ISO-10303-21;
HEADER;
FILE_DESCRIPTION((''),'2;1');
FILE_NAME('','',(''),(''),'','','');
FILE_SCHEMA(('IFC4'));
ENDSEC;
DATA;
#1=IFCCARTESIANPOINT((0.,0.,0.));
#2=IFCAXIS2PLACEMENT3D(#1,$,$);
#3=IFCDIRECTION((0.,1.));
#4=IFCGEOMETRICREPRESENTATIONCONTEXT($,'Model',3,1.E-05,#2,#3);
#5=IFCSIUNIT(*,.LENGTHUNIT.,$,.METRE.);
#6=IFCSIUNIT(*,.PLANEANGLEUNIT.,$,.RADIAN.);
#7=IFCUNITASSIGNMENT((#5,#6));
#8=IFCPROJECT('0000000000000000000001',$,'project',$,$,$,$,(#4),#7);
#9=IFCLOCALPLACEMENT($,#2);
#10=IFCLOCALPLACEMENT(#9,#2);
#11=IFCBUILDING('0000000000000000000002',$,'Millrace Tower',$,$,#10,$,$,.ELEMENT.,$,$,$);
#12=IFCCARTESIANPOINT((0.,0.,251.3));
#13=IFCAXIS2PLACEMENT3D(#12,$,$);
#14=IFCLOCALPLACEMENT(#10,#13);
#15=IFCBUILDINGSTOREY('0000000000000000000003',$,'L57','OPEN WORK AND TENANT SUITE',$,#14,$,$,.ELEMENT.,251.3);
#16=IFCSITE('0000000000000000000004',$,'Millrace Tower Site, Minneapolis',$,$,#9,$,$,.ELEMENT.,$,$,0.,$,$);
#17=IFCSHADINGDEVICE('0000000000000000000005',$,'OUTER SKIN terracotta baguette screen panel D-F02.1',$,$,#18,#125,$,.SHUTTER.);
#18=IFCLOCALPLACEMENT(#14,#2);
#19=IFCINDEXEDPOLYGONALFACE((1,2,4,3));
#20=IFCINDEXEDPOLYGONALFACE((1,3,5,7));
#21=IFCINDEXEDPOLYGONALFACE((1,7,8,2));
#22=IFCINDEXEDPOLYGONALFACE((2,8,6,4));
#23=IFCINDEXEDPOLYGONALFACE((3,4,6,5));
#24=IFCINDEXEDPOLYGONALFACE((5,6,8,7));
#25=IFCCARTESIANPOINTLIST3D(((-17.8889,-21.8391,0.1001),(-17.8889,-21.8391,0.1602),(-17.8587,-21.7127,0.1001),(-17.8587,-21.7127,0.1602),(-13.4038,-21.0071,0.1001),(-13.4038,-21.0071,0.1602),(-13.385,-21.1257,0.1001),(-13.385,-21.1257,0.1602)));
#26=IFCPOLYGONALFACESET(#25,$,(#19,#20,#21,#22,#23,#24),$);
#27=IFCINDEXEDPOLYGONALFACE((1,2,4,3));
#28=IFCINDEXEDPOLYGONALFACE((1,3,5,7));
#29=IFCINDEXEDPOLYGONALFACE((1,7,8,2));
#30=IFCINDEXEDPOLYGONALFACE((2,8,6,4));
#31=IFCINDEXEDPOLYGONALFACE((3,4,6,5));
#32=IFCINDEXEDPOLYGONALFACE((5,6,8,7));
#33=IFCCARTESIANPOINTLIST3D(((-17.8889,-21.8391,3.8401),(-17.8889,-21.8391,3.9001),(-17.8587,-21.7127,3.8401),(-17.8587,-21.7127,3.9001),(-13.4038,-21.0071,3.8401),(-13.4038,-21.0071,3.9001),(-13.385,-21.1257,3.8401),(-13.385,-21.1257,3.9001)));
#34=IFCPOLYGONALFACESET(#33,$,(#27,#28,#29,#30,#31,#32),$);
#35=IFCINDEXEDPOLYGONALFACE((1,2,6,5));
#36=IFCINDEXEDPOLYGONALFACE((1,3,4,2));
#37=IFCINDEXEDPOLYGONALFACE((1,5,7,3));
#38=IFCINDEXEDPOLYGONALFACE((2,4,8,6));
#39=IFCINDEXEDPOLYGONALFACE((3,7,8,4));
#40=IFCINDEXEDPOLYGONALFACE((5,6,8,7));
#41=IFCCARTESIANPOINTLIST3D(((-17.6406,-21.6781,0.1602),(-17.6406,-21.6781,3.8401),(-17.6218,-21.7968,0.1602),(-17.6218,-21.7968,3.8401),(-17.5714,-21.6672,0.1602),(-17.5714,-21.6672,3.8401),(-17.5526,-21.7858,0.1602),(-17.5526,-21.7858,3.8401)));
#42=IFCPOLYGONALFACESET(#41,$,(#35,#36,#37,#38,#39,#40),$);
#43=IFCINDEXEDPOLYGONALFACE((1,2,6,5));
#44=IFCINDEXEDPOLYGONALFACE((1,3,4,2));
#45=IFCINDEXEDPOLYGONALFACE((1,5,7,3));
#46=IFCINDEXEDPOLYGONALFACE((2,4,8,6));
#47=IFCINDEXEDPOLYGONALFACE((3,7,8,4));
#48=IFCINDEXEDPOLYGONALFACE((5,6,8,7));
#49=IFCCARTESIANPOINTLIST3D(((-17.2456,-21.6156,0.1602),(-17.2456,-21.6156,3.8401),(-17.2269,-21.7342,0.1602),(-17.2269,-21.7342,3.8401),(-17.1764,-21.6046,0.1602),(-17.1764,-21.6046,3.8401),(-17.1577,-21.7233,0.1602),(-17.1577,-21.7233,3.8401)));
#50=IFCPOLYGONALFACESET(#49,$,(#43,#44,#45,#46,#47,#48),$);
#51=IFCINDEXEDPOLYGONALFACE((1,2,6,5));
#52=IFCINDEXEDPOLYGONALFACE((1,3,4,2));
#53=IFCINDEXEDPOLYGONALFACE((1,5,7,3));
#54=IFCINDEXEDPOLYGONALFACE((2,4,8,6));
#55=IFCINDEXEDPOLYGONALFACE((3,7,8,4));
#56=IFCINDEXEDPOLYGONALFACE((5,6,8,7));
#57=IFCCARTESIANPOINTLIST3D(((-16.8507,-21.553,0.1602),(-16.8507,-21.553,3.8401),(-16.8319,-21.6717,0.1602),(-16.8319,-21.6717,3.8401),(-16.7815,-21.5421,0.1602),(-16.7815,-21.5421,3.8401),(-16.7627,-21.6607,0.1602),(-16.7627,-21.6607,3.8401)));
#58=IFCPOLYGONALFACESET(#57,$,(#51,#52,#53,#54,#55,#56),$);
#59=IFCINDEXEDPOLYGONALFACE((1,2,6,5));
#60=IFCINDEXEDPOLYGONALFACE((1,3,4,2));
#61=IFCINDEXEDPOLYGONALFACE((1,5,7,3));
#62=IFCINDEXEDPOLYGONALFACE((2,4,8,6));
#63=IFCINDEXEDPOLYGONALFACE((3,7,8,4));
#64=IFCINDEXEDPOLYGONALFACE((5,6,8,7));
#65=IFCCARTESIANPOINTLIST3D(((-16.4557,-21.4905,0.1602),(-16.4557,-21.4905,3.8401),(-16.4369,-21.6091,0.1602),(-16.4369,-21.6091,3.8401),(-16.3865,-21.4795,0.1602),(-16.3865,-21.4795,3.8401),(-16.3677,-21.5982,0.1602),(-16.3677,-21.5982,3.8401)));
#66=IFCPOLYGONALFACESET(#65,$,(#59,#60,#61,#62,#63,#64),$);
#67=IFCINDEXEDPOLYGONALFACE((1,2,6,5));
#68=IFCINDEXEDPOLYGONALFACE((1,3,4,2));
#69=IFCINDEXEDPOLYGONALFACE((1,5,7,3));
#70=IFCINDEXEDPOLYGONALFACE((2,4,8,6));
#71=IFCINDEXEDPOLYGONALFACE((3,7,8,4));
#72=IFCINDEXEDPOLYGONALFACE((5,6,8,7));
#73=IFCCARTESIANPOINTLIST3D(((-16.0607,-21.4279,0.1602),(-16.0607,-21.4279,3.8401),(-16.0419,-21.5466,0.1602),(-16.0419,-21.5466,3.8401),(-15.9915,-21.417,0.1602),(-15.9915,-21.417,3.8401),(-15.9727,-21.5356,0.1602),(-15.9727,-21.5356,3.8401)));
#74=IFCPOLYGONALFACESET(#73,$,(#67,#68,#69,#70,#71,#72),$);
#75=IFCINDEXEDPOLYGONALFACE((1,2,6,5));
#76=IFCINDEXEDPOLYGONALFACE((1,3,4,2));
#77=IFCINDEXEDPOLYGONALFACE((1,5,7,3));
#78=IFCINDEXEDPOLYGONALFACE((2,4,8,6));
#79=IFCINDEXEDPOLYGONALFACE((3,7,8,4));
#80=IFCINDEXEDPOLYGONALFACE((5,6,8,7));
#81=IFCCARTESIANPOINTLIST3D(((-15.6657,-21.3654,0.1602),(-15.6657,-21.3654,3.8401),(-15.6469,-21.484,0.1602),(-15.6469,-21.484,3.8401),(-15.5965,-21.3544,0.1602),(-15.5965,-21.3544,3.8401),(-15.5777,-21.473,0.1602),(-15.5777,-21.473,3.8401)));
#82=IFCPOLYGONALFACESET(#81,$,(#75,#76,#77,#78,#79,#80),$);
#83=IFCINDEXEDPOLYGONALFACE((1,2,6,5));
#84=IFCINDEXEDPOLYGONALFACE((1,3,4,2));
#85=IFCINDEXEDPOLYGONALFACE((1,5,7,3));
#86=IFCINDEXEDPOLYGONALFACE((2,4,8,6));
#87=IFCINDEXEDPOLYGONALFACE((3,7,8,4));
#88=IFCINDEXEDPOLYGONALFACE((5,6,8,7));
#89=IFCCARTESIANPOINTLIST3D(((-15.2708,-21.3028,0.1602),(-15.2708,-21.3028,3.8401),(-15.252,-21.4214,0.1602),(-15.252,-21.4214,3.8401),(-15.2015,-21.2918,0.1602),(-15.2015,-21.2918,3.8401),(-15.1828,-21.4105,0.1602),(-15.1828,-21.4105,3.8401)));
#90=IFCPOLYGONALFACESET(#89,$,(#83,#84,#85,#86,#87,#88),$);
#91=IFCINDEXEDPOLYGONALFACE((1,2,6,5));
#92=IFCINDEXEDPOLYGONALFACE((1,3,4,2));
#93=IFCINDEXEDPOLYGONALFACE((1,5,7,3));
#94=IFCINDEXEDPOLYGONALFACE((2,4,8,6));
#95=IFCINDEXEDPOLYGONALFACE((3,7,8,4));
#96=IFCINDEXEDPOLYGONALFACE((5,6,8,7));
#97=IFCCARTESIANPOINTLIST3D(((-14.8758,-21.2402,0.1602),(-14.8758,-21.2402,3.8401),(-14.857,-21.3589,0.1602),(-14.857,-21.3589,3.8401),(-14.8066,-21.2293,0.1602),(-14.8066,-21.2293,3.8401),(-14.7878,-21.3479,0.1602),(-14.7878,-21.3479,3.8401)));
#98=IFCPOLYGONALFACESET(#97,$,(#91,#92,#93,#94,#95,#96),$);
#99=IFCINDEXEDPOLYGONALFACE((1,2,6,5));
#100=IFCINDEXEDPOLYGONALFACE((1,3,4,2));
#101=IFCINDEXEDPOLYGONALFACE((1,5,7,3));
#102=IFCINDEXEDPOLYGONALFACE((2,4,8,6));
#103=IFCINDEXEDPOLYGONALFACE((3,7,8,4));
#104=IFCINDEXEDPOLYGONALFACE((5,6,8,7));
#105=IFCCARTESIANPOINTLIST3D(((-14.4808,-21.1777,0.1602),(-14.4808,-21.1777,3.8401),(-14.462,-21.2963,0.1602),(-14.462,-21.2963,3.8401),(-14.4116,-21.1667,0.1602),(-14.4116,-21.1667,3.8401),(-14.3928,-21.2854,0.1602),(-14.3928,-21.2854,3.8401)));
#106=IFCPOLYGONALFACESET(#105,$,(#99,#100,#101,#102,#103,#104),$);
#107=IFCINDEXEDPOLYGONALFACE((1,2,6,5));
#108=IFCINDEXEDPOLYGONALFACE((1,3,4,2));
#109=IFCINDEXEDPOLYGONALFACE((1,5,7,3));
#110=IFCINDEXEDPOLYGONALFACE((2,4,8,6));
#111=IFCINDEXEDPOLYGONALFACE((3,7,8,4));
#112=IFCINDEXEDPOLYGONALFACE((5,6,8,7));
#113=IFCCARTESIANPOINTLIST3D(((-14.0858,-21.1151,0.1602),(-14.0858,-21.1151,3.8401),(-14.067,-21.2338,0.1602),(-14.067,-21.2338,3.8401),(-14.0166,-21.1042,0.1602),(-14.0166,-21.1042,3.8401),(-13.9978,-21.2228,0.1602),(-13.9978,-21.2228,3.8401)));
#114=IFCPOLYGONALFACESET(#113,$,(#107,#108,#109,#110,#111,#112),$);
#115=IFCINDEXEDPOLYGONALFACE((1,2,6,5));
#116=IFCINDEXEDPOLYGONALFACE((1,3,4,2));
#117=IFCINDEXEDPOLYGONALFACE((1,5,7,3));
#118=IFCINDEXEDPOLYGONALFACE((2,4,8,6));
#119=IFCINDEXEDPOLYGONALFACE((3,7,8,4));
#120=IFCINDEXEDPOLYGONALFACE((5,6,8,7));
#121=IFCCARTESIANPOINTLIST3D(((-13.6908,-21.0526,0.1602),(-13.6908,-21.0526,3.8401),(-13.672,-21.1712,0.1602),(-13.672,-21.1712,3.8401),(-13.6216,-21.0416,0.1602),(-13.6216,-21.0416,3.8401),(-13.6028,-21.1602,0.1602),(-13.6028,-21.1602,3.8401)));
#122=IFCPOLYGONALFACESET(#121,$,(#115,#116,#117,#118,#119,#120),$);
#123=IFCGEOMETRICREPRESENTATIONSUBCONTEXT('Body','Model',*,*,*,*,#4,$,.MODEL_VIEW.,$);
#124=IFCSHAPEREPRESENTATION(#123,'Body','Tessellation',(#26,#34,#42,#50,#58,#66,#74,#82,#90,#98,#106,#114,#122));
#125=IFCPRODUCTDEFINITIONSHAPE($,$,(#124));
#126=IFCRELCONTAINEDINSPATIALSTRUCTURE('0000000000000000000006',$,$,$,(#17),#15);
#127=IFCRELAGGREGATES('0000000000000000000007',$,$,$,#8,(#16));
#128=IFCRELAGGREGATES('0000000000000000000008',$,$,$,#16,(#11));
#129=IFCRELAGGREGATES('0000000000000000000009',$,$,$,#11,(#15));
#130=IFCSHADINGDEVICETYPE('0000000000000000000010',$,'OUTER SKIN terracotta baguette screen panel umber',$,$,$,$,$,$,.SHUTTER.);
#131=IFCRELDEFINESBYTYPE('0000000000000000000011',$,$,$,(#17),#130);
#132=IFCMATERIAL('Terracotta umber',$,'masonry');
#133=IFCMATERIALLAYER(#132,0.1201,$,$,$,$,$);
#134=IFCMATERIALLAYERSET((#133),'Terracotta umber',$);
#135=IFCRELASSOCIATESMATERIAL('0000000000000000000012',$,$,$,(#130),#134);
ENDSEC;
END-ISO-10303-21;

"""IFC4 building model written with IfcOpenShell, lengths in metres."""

from ifc_helpers import new_model, entity, si_unit, direction, frame, frame_2d, origin, place, context, subcontext, project, spatial, rectangle, extrude, source, transform, mapped, material, layer, layer_set, type_object, element, save


model = new_model("IFC4")

# Units and contexts
model_context = context("Model", 3, precision=1e-05, world=origin(), true_north=direction((0.0, 1.0)))
body_context = subcontext(model_context, "Body", "Model", "MODEL_VIEW")
ifc_project = project(units=[si_unit("LENGTHUNIT", "METRE"), si_unit("PLANEANGLEUNIT", "RADIAN")], contexts=[model_context])

# Site, building, storey
site_placement = place(None, origin())
site = spatial("IfcSite", under=ifc_project, at=site_placement, Name="Millrace Tower Site, Minneapolis", CompositionType="ELEMENT", RefElevation=0.0)
building_placement = place(site_placement, origin())
building = spatial("IfcBuilding", under=site, at=building_placement, Name="Millrace Tower", CompositionType="ELEMENT")
storey_placement = place(building_placement, frame((0.0, 0.0, 251.3)))
storey = spatial("IfcBuildingStorey", under=building, at=storey_placement, Name="L57", Description="OPEN WORK AND TENANT SUITE", CompositionType="ELEMENT", Elevation=251.3)

# Shading device
ifc_material_1 = material(Name="Terracotta umber", Category="masonry")
ifc_layer_1 = layer(ifc_material_1, 0.1201)
ifc_layer_set_1 = layer_set([ifc_layer_1], Name="Terracotta umber")
shading_device_type = type_object("IfcShadingDeviceType", Name="OUTER SKIN terracotta baguette screen panel umber", PredefinedType="SHUTTER", material=ifc_layer_set_1)
cartesian_point_1 = entity("IfcCartesianPoint", [-2.2429, 0.0601])
shared_polyline_1 = entity("IfcPolyline", [cartesian_point_1, entity("IfcCartesianPoint", [2.2676, 0.0601]), entity("IfcCartesianPoint", [2.2676, -0.0601]), entity("IfcCartesianPoint", [-2.2925, -0.0601]), cartesian_point_1])
shared_shape_1 = source(origin(), body_context, "Body", "SweptSolid", [
    entity("IfcExtrudedAreaSolid", entity("IfcArbitraryClosedProfileDef", "AREA", None, shared_polyline_1), entity("IfcAxis2Placement3D", entity("IfcCartesianPoint", [0.0, 0.0, 0.0])), entity("IfcDirection", [0.0, 0.0, 1.0]), 0.0601),
    entity("IfcExtrudedAreaSolid", entity("IfcArbitraryClosedProfileDef", "AREA", None, shared_polyline_1), entity("IfcAxis2Placement3D", entity("IfcCartesianPoint", [0.0, 0.0, 3.74])), entity("IfcDirection", [0.0, 0.0, 1.0]), 0.0601),
    extrude(rectangle(XDim=0.0701, YDim=0.1201, at=frame_2d((-1.9871, 0.0))), frame((0.0, 0.0, 0.0601)), (0.0, 0.0, 1.0), 3.6799),
    extrude(rectangle(XDim=0.0701, YDim=0.1201, at=frame_2d((-1.5872, 0.0))), frame((0.0, 0.0, 0.0601)), (0.0, 0.0, 1.0), 3.6799),
    extrude(rectangle(XDim=0.0701, YDim=0.1201, at=frame_2d((-1.1873, 0.0))), frame((0.0, 0.0, 0.0601)), (0.0, 0.0, 1.0), 3.6799),
    extrude(rectangle(XDim=0.0701, YDim=0.1201, at=frame_2d((-0.7874, 0.0))), frame((0.0, 0.0, 0.0601)), (0.0, 0.0, 1.0), 3.6799),
    extrude(rectangle(XDim=0.0701, YDim=0.1201, at=frame_2d((-0.3875, 0.0))), frame((0.0, 0.0, 0.0601)), (0.0, 0.0, 1.0), 3.6799),
    extrude(rectangle(XDim=0.0701, YDim=0.1201, at=frame_2d((0.0125, 0.0))), frame((0.0, 0.0, 0.0601)), (0.0, 0.0, 1.0), 3.6799),
    extrude(rectangle(XDim=0.0701, YDim=0.1201, at=frame_2d((0.4124, 0.0))), frame((0.0, 0.0, 0.0601)), (0.0, 0.0, 1.0), 3.6799),
    extrude(rectangle(XDim=0.0701, YDim=0.1201, at=frame_2d((0.8123, 0.0))), frame((0.0, 0.0, 0.0601)), (0.0, 0.0, 1.0), 3.6799),
    extrude(rectangle(XDim=0.0701, YDim=0.1201, at=frame_2d((1.2122, 0.0))), frame((0.0, 0.0, 0.0601)), (0.0, 0.0, 1.0), 3.6799),
    extrude(rectangle(XDim=0.0701, YDim=0.1201, at=frame_2d((1.6121, 0.0))), frame((0.0, 0.0, 0.0601)), (0.0, 0.0, 1.0), 3.6799),
    extrude(rectangle(XDim=0.0701, YDim=0.1201, at=frame_2d((2.012, 0.0))), frame((0.0, 0.0, 0.0601)), (0.0, 0.0, 1.0), 3.6799),
])
shading_device_1_placement = place(storey_placement, frame((-15.634, -21.4211, 0.1001), z_axis=(0.0, 0.0, 1.0), x_axis=(0.987688, 0.156434, 0.0)))
element("IfcShadingDevice", 1, at=shading_device_1_placement, inside=storey, type_object=shading_device_type, Name="OUTER SKIN terracotta baguette screen panel D-F02.1", PredefinedType="SHUTTER", context=body_context, shape_type="MappedRepresentation", body=[
    mapped(shared_shape_1, transform((0.0, 0.0, 0.0), scale=1.0)),
])

save(model, "model.ifc")
